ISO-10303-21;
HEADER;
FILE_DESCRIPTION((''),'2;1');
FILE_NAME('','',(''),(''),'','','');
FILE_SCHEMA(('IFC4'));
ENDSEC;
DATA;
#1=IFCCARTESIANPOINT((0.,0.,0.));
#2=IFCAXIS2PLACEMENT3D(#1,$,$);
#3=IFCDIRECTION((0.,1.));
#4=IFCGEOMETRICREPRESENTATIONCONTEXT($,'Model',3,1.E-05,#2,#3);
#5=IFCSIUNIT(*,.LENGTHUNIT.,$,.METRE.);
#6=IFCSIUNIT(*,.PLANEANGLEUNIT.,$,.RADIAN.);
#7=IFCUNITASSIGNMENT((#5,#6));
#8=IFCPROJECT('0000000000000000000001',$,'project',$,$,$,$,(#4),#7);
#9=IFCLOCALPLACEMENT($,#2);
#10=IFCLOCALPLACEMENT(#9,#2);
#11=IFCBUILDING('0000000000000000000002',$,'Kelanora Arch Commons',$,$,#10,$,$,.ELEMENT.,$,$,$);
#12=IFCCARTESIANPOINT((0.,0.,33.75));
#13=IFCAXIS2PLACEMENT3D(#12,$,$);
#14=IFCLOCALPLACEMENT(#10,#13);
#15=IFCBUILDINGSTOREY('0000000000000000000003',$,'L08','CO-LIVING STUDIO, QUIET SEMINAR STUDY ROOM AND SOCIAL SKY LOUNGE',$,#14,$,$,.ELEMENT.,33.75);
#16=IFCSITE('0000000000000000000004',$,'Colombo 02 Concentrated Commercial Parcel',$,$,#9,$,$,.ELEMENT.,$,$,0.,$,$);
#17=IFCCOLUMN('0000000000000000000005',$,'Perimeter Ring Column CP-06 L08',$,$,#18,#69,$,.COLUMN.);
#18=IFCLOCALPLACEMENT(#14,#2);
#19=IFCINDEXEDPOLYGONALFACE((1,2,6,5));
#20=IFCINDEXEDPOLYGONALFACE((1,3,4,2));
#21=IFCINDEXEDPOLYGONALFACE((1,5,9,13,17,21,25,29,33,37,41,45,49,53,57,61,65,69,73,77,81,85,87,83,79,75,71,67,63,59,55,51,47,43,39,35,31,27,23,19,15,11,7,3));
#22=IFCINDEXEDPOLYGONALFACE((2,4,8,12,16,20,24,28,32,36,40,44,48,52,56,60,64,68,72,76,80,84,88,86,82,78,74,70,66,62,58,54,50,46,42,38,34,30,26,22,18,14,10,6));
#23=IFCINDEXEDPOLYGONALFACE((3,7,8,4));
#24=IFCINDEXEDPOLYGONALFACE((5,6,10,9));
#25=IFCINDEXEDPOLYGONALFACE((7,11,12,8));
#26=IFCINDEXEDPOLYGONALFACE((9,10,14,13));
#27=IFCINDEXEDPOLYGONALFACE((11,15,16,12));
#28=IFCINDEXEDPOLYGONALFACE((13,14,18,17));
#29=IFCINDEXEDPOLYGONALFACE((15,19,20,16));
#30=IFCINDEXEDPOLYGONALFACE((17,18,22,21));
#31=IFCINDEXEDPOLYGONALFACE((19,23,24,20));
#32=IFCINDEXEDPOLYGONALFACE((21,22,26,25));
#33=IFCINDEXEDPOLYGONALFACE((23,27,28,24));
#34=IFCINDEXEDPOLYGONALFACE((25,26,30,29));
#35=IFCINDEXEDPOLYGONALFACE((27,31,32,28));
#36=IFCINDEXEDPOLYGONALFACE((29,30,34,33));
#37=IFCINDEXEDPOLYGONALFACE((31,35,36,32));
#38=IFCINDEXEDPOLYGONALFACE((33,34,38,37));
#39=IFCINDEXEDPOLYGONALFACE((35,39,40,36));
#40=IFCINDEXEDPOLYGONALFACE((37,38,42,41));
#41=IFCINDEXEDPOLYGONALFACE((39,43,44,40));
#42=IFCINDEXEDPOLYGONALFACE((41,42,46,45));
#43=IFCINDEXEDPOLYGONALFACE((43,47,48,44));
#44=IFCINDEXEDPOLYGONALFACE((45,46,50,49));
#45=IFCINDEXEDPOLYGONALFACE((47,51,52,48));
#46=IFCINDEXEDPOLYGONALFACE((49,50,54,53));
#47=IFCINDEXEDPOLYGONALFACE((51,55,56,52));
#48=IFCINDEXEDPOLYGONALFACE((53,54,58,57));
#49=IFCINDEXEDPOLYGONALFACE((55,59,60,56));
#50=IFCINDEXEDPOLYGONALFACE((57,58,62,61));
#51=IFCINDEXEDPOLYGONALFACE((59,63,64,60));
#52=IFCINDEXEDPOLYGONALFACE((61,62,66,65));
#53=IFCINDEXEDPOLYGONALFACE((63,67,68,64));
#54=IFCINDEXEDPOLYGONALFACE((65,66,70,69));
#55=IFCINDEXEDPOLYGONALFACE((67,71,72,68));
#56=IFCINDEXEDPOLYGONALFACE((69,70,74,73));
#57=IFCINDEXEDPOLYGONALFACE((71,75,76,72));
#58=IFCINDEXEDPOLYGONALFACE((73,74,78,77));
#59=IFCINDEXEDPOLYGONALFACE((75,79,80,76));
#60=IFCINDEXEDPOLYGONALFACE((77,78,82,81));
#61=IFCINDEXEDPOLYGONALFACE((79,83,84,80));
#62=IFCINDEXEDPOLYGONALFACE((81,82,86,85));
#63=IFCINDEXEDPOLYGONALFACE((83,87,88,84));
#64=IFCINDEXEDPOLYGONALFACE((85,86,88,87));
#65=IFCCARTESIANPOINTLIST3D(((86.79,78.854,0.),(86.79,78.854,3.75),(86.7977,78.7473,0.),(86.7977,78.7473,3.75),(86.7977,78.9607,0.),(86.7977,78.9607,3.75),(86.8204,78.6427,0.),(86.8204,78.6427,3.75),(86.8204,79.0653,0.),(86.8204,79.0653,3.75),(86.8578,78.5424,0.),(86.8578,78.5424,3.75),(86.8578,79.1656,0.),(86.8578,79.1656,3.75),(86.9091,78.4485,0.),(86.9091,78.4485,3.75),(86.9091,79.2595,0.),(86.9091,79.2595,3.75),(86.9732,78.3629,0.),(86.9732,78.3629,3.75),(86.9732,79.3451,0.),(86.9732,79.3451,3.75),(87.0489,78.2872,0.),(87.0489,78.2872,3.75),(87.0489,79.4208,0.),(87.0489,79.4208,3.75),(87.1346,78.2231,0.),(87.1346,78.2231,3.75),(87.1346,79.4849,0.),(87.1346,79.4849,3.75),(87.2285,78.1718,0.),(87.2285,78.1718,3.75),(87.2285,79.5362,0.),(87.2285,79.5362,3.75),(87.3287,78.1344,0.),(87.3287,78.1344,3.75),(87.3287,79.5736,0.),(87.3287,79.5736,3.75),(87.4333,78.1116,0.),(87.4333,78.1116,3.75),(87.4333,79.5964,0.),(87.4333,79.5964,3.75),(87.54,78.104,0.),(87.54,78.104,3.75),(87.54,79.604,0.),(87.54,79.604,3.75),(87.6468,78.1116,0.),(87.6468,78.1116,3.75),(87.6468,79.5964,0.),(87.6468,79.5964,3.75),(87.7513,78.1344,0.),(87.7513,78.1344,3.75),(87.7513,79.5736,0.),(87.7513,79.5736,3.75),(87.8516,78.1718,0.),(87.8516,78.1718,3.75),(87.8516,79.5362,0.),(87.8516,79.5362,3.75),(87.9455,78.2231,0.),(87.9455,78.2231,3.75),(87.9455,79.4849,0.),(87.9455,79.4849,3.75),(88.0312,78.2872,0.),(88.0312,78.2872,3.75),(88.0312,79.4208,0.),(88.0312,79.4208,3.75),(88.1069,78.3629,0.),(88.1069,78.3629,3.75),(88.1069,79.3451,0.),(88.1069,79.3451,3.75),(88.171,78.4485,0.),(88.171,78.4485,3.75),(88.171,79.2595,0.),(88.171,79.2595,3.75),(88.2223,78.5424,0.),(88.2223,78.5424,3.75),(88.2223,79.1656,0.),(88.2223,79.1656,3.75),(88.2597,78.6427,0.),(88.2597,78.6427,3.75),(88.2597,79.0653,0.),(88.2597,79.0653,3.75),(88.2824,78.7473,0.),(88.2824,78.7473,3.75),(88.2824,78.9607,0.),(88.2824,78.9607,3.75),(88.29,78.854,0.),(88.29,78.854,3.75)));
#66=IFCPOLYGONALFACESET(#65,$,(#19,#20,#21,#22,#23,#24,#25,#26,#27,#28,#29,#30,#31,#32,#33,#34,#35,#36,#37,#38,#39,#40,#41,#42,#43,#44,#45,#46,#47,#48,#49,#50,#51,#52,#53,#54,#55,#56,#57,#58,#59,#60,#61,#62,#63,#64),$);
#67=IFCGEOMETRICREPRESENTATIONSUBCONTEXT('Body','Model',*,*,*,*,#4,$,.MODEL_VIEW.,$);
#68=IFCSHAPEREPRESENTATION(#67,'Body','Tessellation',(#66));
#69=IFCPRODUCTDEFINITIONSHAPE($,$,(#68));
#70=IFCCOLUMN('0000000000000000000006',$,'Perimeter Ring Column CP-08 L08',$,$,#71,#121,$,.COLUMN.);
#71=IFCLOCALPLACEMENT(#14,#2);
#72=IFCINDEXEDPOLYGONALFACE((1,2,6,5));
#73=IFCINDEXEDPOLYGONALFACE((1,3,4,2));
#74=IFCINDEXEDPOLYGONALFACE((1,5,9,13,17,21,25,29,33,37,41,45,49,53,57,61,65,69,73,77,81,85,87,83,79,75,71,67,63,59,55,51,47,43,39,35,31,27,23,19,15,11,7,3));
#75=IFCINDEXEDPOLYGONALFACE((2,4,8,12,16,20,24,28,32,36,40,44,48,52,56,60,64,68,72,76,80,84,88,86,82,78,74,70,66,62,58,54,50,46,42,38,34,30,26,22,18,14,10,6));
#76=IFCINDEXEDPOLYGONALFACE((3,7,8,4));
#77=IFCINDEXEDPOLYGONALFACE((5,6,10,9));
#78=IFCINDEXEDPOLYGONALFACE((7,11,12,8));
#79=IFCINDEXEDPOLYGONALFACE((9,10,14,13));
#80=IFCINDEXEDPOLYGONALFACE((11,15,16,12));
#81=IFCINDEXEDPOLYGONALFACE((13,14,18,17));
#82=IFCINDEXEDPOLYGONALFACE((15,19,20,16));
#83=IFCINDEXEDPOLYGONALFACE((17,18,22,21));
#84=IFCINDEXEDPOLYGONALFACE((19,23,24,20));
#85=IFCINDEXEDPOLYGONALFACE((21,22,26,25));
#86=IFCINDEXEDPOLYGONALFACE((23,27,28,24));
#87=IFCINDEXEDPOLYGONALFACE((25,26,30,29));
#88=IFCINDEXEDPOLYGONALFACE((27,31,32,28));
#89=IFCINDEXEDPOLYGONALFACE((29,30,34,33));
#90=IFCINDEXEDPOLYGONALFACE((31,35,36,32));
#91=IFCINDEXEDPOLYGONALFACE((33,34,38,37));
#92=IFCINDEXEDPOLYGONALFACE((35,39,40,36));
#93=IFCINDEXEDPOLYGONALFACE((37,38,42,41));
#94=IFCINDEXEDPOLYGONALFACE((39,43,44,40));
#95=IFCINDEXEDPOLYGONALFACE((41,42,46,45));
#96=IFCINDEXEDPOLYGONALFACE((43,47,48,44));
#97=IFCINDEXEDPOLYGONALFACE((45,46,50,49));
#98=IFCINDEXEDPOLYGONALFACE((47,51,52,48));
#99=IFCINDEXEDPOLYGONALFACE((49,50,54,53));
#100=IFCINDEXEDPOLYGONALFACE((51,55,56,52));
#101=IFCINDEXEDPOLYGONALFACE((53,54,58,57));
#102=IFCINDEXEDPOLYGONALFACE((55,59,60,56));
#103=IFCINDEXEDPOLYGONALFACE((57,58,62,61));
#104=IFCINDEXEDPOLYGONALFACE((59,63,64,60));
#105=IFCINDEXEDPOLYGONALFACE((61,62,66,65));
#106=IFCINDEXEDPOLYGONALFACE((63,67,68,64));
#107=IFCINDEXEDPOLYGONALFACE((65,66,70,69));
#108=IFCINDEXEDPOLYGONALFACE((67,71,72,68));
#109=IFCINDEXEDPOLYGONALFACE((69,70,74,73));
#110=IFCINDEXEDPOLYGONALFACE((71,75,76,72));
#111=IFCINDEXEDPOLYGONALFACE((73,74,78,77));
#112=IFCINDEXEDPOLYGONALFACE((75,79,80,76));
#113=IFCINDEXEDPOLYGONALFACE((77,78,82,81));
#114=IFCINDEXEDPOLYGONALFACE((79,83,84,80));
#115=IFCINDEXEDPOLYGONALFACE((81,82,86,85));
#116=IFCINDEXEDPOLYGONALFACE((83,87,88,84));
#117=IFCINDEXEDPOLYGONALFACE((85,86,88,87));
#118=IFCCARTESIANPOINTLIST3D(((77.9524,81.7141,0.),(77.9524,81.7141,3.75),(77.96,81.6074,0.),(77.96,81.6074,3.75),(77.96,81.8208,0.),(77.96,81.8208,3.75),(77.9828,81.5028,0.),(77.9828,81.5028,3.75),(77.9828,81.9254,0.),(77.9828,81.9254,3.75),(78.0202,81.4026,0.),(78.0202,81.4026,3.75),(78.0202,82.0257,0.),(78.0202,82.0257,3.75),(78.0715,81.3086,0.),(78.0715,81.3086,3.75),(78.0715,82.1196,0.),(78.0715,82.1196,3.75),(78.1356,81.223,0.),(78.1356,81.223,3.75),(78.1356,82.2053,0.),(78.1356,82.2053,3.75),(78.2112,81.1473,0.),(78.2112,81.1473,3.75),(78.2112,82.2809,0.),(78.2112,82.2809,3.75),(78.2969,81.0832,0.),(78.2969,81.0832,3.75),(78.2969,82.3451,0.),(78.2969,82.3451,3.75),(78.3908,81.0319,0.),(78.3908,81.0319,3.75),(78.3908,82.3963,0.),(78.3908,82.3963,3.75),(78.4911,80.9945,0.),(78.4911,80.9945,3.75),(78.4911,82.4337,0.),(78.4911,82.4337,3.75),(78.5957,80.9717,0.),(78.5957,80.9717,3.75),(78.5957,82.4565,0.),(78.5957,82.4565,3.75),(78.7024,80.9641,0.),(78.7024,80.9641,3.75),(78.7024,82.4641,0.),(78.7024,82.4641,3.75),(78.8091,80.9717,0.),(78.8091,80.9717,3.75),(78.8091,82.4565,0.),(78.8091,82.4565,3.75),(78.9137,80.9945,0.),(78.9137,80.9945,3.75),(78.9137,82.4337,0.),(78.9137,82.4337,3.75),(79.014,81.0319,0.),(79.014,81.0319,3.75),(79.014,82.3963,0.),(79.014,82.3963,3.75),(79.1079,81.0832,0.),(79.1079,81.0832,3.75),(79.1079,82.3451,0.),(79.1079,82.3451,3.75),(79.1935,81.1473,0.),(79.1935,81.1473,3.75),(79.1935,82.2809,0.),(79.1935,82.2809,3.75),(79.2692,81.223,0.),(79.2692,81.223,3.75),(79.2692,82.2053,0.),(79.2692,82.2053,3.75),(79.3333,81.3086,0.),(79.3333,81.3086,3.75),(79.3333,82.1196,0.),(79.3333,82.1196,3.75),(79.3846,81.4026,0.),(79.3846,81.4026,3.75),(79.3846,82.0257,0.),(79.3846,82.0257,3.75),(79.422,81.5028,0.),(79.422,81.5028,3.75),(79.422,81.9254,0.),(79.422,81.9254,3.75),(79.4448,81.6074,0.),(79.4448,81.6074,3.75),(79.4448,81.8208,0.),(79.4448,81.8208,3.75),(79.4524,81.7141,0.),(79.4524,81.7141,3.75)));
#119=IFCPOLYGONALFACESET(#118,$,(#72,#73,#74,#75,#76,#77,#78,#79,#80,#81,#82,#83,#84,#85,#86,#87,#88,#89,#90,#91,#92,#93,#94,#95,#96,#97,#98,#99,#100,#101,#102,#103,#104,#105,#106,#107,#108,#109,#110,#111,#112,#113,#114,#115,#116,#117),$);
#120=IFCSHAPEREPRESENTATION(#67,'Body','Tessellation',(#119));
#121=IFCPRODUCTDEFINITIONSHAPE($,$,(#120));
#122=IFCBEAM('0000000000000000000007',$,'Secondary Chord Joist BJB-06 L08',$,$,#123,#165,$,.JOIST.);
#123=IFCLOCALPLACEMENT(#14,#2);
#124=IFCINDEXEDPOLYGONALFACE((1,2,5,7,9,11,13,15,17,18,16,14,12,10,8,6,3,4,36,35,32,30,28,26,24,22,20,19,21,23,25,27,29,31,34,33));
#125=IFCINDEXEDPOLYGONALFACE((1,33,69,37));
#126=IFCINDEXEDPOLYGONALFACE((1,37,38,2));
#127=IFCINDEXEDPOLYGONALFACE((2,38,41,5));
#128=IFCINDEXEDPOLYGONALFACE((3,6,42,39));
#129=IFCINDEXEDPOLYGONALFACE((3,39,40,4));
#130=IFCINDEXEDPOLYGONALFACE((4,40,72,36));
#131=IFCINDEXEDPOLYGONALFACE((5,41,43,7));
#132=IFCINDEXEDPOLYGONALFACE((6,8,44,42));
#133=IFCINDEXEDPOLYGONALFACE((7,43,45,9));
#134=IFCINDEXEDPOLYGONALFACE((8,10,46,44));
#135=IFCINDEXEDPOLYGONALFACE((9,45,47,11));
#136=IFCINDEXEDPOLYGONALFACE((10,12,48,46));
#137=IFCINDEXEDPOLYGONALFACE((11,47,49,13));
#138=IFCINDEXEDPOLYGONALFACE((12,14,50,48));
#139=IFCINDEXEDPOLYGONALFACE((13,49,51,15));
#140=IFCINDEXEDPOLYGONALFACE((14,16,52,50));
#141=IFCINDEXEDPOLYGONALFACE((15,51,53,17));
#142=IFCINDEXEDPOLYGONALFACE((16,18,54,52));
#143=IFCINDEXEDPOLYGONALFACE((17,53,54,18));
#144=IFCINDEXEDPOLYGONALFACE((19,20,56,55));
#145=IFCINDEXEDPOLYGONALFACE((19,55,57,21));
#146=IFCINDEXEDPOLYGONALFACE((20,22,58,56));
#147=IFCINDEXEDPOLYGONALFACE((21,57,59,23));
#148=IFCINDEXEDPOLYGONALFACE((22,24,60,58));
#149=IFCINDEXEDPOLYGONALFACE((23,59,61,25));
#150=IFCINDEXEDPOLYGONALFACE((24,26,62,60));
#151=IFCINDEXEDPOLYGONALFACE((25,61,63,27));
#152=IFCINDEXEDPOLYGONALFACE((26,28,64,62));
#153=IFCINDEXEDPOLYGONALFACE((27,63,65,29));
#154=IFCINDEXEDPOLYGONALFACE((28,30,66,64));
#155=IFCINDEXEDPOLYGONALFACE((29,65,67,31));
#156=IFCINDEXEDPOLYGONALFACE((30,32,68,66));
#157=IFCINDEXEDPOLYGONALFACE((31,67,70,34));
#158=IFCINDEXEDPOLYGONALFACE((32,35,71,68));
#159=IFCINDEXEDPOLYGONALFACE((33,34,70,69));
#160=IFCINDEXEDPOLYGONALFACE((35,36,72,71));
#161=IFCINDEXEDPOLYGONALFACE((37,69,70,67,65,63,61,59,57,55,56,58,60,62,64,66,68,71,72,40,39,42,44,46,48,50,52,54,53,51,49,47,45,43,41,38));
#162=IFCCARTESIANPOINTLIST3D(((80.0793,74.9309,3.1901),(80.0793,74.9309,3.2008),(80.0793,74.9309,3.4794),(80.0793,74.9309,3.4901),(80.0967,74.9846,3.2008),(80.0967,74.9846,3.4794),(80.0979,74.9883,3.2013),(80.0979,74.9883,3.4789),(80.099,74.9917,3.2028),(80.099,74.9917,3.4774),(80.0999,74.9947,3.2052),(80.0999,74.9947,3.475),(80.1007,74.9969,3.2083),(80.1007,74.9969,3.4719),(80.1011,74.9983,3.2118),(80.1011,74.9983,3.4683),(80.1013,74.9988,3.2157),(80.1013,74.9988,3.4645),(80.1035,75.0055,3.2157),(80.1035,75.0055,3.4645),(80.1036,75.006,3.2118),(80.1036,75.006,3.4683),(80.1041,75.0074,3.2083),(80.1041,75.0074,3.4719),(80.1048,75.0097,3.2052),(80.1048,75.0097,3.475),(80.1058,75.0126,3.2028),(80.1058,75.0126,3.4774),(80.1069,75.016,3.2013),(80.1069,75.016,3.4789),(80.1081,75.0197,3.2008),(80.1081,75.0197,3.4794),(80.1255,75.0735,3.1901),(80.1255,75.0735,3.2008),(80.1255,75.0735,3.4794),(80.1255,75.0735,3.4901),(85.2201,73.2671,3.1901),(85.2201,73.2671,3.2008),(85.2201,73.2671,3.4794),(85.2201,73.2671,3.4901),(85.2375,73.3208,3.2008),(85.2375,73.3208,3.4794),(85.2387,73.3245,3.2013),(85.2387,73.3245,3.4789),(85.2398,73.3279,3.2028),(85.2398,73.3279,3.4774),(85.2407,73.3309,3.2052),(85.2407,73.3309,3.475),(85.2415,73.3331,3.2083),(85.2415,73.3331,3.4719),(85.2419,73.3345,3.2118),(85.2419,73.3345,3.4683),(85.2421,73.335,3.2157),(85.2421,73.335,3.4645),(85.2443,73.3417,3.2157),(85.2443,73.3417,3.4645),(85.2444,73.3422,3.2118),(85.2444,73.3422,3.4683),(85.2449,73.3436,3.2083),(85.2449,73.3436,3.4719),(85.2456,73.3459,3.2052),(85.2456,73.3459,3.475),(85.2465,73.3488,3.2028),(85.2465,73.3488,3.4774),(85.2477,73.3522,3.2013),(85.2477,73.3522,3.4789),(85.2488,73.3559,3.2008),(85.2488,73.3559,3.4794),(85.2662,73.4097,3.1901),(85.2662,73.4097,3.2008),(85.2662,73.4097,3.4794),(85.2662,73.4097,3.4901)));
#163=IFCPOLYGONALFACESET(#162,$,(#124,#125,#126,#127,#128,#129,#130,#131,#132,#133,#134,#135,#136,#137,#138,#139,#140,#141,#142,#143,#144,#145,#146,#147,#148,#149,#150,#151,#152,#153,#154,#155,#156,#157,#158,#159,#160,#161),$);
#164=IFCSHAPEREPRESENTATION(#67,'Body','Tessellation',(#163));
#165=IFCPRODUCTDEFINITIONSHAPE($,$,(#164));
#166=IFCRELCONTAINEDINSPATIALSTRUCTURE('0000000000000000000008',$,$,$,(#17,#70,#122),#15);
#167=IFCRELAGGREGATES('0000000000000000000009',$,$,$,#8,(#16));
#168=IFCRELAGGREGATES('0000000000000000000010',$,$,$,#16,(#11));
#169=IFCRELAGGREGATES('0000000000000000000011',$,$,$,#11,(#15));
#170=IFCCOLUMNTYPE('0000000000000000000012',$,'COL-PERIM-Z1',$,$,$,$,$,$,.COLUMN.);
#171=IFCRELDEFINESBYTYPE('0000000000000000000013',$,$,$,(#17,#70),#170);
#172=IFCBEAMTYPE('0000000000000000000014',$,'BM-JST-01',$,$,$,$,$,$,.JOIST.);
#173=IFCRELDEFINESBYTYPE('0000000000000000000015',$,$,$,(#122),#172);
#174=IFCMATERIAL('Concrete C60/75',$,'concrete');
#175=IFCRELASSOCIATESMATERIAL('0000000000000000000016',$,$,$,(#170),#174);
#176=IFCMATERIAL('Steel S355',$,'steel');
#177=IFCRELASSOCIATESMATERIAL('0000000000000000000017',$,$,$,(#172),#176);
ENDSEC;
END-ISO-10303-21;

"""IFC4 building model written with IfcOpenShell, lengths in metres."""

from ifc_helpers import new_model, si_unit, direction, frame, origin, origin_2d, place, context, subcontext, project, spatial, circle, i_section, extrude, material, material_profile, profile_set, type_object, element, save


model = new_model("IFC4")

# Units and contexts
model_context = context("Model", 3, precision=1e-05, world=origin(), true_north=direction((0.0, 1.0)))
body_context = subcontext(model_context, "Body", "Model", "MODEL_VIEW")
ifc_project = project(units=[si_unit("LENGTHUNIT", "METRE"), si_unit("PLANEANGLEUNIT", "RADIAN")], contexts=[model_context])

# Site, building, storey
site_placement = place(None, origin())
site = spatial("IfcSite", under=ifc_project, at=site_placement, Name="Colombo 02 Concentrated Commercial Parcel", CompositionType="ELEMENT", RefElevation=0.0)
building_placement = place(site_placement, origin())
building = spatial("IfcBuilding", under=site, at=building_placement, Name="Kelanora Arch Commons", CompositionType="ELEMENT")
storey_placement = place(building_placement, frame((0.0, 0.0, 33.75)))
storey = spatial("IfcBuildingStorey", under=building, at=storey_placement, Name="L08", Description="CO-LIVING STUDIO, QUIET SEMINAR STUDY ROOM AND SOCIAL SKY LOUNGE", CompositionType="ELEMENT", Elevation=33.75)

# Columns
ifc_material_1 = material(Name="Concrete C60/75", Category="concrete")
ifc_material_profile_1 = material_profile(ifc_material_1, circle(Radius=0.75, at=origin_2d()), Name="RCC1500")
ifc_profile_set_1 = profile_set([ifc_material_profile_1], Name="Concrete C60/75")
column_type = type_object("IfcColumnType", Name="COL-PERIM-Z1", PredefinedType="COLUMN", material=ifc_profile_set_1)
for number, where, z_axis, x_axis, name in (
    (1, (87.54, 78.854, 0.0), (0.0, 0.0, 1.0), (1.0, 0.0, 0.0), "Perimeter Ring Column CP-06 L08"),
    (2, (78.7024, 81.7141, 0.0), (0.0, 0.0, 1.0), (1.0, 0.0, 0.0), "Perimeter Ring Column CP-08 L08"),
):
    element("IfcColumn", number, at=place(storey_placement, frame(where, z_axis=z_axis, x_axis=x_axis)), inside=storey, type_object=column_type, Name=name, PredefinedType="COLUMN", context=body_context, shape_type="SweptSolid", body=[
        extrude(circle(Radius=0.75, at=origin_2d()), origin(), (0.0, 0.0, 1.0), 3.75),
    ])

# Beam
ifc_material_2 = material(Name="Steel S355", Category="steel")
ifc_material_profile_2 = material_profile(ifc_material_2, i_section(OverallWidth=0.1499, OverallDepth=0.3, WebThickness=0.0071, FlangeThickness=0.0107, FilletRadius=0.0149, at=origin_2d()), Name="IPE300")
ifc_profile_set_2 = profile_set([ifc_material_profile_2], Name="Steel S355")
beam_type_1 = type_object("IfcBeamType", Name="BM-JST-01", PredefinedType="JOIST", material=ifc_profile_set_2)
beam_1_placement = place(storey_placement, frame((85.2432, 73.3384, 3.3401), z_axis=(-0.951412, 0.30792, 0.0), x_axis=(-0.30792, -0.951412, 0.0)))
element("IfcBeam", 3, at=beam_1_placement, inside=storey, type_object=beam_type_1, Name="Secondary Chord Joist BJB-06 L08", PredefinedType="JOIST", context=body_context, shape_type="SweptSolid", body=[
    extrude(i_section(OverallWidth=0.1499, OverallDepth=0.3, WebThickness=0.0071, FlangeThickness=0.0107, FilletRadius=0.0149, at=origin_2d()), origin(), (0.0, 0.0, 1.0), 5.4033),
])

save(model, "model.ifc")
